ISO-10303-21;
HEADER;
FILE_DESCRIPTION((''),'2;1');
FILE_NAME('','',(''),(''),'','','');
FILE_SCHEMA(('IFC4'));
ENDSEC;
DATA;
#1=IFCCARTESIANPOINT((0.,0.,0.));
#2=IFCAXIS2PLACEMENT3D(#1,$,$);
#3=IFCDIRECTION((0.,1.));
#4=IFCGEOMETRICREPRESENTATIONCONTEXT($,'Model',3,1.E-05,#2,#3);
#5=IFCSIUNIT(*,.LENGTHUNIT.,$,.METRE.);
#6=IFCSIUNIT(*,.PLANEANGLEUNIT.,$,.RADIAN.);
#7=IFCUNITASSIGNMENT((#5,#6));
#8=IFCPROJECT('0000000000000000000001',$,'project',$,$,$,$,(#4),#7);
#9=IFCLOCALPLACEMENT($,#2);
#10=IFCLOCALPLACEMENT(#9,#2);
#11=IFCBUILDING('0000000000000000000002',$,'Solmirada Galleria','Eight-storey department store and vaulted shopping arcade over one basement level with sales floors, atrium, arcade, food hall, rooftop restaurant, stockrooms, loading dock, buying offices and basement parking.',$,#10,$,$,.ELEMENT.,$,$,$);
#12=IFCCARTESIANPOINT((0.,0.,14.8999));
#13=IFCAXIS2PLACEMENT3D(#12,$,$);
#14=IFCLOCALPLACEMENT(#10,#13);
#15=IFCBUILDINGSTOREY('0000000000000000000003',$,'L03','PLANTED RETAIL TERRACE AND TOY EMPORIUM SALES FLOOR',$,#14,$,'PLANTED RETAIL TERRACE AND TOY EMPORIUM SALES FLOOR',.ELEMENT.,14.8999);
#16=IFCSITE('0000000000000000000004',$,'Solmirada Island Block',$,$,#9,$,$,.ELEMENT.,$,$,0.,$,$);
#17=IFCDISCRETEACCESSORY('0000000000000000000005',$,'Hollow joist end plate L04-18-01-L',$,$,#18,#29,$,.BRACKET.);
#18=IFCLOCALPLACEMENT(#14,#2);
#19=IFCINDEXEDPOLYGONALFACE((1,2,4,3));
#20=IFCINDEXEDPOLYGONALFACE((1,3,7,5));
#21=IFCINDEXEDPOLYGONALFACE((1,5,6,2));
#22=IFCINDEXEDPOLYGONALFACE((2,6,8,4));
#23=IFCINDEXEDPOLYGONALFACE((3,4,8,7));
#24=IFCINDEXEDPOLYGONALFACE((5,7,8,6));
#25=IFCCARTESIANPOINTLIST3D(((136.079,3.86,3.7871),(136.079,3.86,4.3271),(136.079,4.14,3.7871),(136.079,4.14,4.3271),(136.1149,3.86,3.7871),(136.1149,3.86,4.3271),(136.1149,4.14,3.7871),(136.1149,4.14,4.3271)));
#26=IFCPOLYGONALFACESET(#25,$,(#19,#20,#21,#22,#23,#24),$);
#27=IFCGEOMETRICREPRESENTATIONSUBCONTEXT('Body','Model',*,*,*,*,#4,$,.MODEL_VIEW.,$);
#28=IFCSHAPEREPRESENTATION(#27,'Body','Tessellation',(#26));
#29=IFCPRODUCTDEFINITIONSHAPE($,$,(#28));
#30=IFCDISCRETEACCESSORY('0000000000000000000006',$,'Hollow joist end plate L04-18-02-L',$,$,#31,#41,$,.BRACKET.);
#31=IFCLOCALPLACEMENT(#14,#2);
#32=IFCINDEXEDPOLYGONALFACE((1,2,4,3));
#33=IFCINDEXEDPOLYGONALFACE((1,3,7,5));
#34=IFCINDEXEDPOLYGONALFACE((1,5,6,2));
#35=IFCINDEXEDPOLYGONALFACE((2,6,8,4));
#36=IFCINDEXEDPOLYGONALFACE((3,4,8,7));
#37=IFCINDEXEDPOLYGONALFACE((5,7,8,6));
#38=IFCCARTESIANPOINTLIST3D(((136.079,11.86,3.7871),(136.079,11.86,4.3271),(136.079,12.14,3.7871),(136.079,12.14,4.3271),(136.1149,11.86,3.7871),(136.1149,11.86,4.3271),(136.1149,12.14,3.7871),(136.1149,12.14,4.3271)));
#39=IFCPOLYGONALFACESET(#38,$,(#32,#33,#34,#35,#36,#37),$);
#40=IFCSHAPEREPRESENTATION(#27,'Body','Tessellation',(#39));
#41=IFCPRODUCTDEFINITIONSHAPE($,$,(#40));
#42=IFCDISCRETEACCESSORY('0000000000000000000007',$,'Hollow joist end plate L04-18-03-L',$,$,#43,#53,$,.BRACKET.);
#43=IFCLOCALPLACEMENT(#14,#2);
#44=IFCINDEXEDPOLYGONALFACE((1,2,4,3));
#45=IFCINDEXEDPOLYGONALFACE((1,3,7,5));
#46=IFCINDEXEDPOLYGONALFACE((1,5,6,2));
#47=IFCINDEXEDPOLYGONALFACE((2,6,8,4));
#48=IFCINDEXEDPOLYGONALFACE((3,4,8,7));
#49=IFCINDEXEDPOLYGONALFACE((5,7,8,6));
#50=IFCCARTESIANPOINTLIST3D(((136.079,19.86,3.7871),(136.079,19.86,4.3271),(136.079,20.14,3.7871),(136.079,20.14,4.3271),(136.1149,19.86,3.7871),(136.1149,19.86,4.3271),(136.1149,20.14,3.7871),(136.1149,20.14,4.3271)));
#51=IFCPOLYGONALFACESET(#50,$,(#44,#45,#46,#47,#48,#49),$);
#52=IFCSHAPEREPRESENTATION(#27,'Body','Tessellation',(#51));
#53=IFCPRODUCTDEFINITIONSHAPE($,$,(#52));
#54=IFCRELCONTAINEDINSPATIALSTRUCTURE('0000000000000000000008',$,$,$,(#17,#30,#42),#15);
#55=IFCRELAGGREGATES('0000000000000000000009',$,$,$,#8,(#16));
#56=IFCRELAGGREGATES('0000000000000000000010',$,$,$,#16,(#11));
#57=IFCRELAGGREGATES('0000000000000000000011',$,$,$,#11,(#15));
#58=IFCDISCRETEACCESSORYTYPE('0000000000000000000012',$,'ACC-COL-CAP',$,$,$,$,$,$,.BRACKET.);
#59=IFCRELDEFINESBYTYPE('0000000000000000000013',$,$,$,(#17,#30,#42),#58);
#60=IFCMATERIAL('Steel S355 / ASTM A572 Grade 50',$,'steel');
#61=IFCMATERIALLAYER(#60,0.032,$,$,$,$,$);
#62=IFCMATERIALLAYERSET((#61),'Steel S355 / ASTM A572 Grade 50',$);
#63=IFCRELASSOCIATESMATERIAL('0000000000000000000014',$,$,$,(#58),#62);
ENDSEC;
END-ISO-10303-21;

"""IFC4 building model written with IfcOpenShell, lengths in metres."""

from ifc_helpers import new_model, si_unit, direction, frame, origin, origin_2d, place, context, subcontext, project, spatial, rectangle, extrude, material, layer, layer_set, type_object, element, save


model = new_model("IFC4")

# Units and contexts
model_context = context("Model", 3, precision=1e-05, world=origin(), true_north=direction((0.0, 1.0)))
body_context = subcontext(model_context, "Body", "Model", "MODEL_VIEW")
ifc_project = project(units=[si_unit("LENGTHUNIT", "METRE"), si_unit("PLANEANGLEUNIT", "RADIAN")], contexts=[model_context])

# Site, building, storey
site_placement = place(None, origin())
site = spatial("IfcSite", under=ifc_project, at=site_placement, Name="Solmirada Island Block", CompositionType="ELEMENT", RefElevation=0.0)
building_placement = place(site_placement, origin())
building = spatial("IfcBuilding", under=site, at=building_placement, Name="Solmirada Galleria", Description="Eight-storey department store and vaulted shopping arcade over one basement level with sales floors, atrium, arcade, food hall, rooftop restaurant, stockrooms, loading dock, buying offices and basement parking.", CompositionType="ELEMENT")
storey_placement = place(building_placement, frame((0.0, 0.0, 14.8999)))
storey = spatial("IfcBuildingStorey", under=building, at=storey_placement, Name="L03", Description="PLANTED RETAIL TERRACE AND TOY EMPORIUM SALES FLOOR", LongName="PLANTED RETAIL TERRACE AND TOY EMPORIUM SALES FLOOR", CompositionType="ELEMENT", Elevation=14.8999)

# Discrete accessories
ifc_material_1 = material(Name="Steel S355 / ASTM A572 Grade 50", Category="steel")
ifc_layer_1 = layer(ifc_material_1, 0.032)
ifc_layer_set_1 = layer_set([ifc_layer_1], Name="Steel S355 / ASTM A572 Grade 50")
discrete_accessory_type = type_object("IfcDiscreteAccessoryType", Name="ACC-COL-CAP", PredefinedType="BRACKET", material=ifc_layer_set_1)
for number, where, z_axis, x_axis, name in (
    (1, (136.0969, 4.0, 3.7871), (0.0, 0.0, 1.0), (1.0, 0.0, 0.0), "Hollow joist end plate L04-18-01-L"),
    (2, (136.0969, 12.0, 3.7871), (0.0, 0.0, 1.0), (1.0, 0.0, 0.0), "Hollow joist end plate L04-18-02-L"),
    (3, (136.0969, 20.0, 3.7871), (0.0, 0.0, 1.0), (1.0, 0.0, 0.0), "Hollow joist end plate L04-18-03-L"),
):
    element("IfcDiscreteAccessory", number, at=place(storey_placement, frame(where, z_axis=z_axis, x_axis=x_axis)), inside=storey, type_object=discrete_accessory_type, Name=name, PredefinedType="BRACKET", context=body_context, shape_type="SweptSolid", body=[
        extrude(rectangle(XDim=0.0359, YDim=0.28, at=origin_2d()), origin(), (0.0, 0.0, 1.0), 0.54),
    ])

save(model, "model.ifc")
